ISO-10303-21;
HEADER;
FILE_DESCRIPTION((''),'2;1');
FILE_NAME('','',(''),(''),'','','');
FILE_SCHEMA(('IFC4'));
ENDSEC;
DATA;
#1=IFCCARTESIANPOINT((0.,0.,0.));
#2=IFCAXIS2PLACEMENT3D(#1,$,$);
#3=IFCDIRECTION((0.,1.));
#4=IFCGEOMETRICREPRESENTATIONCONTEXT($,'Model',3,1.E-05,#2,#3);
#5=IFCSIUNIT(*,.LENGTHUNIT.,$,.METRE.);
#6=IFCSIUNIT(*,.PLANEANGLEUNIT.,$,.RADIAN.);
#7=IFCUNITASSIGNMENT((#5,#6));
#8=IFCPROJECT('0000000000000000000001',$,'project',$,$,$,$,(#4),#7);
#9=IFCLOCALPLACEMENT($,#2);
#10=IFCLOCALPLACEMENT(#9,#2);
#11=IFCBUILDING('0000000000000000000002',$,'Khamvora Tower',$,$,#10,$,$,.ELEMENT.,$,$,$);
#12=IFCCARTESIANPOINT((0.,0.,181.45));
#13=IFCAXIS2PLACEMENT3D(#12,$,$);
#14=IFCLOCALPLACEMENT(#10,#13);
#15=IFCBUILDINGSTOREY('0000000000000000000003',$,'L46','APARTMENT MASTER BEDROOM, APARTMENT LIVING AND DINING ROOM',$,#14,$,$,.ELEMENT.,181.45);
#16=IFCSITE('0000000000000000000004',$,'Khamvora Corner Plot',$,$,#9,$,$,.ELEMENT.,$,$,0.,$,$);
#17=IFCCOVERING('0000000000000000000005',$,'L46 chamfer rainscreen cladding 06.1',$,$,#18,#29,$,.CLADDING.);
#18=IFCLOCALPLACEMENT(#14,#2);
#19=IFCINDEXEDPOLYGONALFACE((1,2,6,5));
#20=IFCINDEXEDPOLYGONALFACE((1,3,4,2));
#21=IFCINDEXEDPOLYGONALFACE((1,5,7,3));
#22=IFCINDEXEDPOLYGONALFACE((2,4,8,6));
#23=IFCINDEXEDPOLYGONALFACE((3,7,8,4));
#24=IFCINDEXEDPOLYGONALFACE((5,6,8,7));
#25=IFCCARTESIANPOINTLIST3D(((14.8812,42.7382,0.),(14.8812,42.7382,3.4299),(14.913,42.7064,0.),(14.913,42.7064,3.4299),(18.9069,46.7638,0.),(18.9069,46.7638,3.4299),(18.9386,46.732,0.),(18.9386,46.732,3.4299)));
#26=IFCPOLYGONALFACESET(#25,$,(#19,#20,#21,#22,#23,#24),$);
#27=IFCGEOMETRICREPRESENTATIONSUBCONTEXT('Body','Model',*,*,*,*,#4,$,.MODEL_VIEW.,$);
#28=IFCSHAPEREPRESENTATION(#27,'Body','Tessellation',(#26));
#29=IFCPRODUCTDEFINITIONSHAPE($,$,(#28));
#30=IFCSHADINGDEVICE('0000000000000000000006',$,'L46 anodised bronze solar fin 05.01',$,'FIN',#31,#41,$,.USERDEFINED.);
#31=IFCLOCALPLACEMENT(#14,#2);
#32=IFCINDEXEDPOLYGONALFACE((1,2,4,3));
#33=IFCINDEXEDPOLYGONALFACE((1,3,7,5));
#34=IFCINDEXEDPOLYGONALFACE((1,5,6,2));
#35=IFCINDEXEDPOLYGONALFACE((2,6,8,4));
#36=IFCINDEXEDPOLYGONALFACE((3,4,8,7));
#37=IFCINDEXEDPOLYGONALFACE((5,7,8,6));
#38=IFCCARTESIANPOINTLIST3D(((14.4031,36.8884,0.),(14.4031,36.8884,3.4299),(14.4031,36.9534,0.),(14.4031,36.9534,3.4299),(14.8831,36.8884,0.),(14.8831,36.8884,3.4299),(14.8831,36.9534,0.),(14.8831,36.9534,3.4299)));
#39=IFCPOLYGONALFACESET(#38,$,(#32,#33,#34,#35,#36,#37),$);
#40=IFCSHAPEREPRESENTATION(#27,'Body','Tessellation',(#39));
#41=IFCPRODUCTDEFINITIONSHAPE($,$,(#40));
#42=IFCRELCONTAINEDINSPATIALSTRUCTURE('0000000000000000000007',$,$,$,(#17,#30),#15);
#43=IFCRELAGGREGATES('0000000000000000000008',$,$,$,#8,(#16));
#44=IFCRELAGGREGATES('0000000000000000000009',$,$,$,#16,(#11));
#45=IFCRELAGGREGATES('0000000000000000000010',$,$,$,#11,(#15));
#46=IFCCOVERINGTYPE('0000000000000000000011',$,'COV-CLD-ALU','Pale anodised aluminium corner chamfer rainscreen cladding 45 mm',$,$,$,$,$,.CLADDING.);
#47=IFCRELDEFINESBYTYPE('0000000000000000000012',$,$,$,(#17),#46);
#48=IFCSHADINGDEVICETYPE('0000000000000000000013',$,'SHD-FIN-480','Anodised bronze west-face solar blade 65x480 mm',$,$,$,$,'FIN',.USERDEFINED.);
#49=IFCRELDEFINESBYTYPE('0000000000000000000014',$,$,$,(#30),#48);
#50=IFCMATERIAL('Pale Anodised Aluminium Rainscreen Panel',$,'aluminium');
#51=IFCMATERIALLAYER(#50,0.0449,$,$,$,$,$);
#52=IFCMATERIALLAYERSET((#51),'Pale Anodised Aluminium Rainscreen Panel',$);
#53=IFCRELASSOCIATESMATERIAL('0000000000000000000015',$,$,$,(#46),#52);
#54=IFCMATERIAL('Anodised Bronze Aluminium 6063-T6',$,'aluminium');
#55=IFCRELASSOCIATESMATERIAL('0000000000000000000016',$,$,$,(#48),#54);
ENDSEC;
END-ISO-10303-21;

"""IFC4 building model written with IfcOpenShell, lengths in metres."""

from ifc_helpers import new_model, si_unit, direction, frame, origin, origin_2d, place, context, subcontext, project, spatial, rectangle, extrude, material, layer, layer_set, type_object, element, save


model = new_model("IFC4")

# Units and contexts
model_context = context("Model", 3, precision=1e-05, world=origin(), true_north=direction((0.0, 1.0)))
body_context = subcontext(model_context, "Body", "Model", "MODEL_VIEW")
ifc_project = project(units=[si_unit("LENGTHUNIT", "METRE"), si_unit("PLANEANGLEUNIT", "RADIAN")], contexts=[model_context])

# Site, building, storey
site_placement = place(None, origin())
site = spatial("IfcSite", under=ifc_project, at=site_placement, Name="Khamvora Corner Plot", CompositionType="ELEMENT", RefElevation=0.0)
building_placement = place(site_placement, origin())
building = spatial("IfcBuilding", under=site, at=building_placement, Name="Khamvora Tower", CompositionType="ELEMENT")
storey_placement = place(building_placement, frame((0.0, 0.0, 181.45)))
storey = spatial("IfcBuildingStorey", under=building, at=storey_placement, Name="L46", Description="APARTMENT MASTER BEDROOM, APARTMENT LIVING AND DINING ROOM", CompositionType="ELEMENT", Elevation=181.45)

# Covering
ifc_material_1 = material(Name="Pale Anodised Aluminium Rainscreen Panel", Category="aluminium")
ifc_layer_1 = layer(ifc_material_1, 0.0449)
ifc_layer_set_1 = layer_set([ifc_layer_1], Name="Pale Anodised Aluminium Rainscreen Panel")
covering_type = type_object("IfcCoveringType", Name="COV-CLD-ALU", Description="Pale anodised aluminium corner chamfer rainscreen cladding 45 mm", PredefinedType="CLADDING", material=ifc_layer_set_1)
covering_placement = place(storey_placement, frame((16.9099, 44.7351, 0.0), z_axis=(0.0, 0.0, 1.0), x_axis=(0.707107, 0.707107, 0.0)))
element("IfcCovering", 1, at=covering_placement, inside=storey, type_object=covering_type, Name="L46 chamfer rainscreen cladding 06.1", PredefinedType="CLADDING", context=body_context, shape_type="SweptSolid", body=[
    extrude(rectangle(XDim=5.6931, YDim=0.0449, at=origin_2d()), origin(), (0.0, 0.0, 1.0), 3.4299),
])

# Shading device
ifc_material_2 = material(Name="Anodised Bronze Aluminium 6063-T6", Category="aluminium")
shading_device_type = type_object("IfcShadingDeviceType", Name="SHD-FIN-480", Description="Anodised bronze west-face solar blade 65x480 mm", ElementType="FIN", PredefinedType="USERDEFINED", material=ifc_material_2)
shading_device_placement = place(storey_placement, frame((14.6431, 36.9209, 0.0), z_axis=(0.0, 0.0, 1.0), x_axis=(0.0, 1.0, 0.0)))
element("IfcShadingDevice", 2, at=shading_device_placement, inside=storey, type_object=shading_device_type, Name="L46 anodised bronze solar fin 05.01", ObjectType="FIN", PredefinedType="USERDEFINED", context=body_context, shape_type="SweptSolid", body=[
    extrude(rectangle(XDim=0.0649, YDim=0.48, at=origin_2d()), origin(), (0.0, 0.0, 1.0), 3.4299),
])

save(model, "model.ifc")
